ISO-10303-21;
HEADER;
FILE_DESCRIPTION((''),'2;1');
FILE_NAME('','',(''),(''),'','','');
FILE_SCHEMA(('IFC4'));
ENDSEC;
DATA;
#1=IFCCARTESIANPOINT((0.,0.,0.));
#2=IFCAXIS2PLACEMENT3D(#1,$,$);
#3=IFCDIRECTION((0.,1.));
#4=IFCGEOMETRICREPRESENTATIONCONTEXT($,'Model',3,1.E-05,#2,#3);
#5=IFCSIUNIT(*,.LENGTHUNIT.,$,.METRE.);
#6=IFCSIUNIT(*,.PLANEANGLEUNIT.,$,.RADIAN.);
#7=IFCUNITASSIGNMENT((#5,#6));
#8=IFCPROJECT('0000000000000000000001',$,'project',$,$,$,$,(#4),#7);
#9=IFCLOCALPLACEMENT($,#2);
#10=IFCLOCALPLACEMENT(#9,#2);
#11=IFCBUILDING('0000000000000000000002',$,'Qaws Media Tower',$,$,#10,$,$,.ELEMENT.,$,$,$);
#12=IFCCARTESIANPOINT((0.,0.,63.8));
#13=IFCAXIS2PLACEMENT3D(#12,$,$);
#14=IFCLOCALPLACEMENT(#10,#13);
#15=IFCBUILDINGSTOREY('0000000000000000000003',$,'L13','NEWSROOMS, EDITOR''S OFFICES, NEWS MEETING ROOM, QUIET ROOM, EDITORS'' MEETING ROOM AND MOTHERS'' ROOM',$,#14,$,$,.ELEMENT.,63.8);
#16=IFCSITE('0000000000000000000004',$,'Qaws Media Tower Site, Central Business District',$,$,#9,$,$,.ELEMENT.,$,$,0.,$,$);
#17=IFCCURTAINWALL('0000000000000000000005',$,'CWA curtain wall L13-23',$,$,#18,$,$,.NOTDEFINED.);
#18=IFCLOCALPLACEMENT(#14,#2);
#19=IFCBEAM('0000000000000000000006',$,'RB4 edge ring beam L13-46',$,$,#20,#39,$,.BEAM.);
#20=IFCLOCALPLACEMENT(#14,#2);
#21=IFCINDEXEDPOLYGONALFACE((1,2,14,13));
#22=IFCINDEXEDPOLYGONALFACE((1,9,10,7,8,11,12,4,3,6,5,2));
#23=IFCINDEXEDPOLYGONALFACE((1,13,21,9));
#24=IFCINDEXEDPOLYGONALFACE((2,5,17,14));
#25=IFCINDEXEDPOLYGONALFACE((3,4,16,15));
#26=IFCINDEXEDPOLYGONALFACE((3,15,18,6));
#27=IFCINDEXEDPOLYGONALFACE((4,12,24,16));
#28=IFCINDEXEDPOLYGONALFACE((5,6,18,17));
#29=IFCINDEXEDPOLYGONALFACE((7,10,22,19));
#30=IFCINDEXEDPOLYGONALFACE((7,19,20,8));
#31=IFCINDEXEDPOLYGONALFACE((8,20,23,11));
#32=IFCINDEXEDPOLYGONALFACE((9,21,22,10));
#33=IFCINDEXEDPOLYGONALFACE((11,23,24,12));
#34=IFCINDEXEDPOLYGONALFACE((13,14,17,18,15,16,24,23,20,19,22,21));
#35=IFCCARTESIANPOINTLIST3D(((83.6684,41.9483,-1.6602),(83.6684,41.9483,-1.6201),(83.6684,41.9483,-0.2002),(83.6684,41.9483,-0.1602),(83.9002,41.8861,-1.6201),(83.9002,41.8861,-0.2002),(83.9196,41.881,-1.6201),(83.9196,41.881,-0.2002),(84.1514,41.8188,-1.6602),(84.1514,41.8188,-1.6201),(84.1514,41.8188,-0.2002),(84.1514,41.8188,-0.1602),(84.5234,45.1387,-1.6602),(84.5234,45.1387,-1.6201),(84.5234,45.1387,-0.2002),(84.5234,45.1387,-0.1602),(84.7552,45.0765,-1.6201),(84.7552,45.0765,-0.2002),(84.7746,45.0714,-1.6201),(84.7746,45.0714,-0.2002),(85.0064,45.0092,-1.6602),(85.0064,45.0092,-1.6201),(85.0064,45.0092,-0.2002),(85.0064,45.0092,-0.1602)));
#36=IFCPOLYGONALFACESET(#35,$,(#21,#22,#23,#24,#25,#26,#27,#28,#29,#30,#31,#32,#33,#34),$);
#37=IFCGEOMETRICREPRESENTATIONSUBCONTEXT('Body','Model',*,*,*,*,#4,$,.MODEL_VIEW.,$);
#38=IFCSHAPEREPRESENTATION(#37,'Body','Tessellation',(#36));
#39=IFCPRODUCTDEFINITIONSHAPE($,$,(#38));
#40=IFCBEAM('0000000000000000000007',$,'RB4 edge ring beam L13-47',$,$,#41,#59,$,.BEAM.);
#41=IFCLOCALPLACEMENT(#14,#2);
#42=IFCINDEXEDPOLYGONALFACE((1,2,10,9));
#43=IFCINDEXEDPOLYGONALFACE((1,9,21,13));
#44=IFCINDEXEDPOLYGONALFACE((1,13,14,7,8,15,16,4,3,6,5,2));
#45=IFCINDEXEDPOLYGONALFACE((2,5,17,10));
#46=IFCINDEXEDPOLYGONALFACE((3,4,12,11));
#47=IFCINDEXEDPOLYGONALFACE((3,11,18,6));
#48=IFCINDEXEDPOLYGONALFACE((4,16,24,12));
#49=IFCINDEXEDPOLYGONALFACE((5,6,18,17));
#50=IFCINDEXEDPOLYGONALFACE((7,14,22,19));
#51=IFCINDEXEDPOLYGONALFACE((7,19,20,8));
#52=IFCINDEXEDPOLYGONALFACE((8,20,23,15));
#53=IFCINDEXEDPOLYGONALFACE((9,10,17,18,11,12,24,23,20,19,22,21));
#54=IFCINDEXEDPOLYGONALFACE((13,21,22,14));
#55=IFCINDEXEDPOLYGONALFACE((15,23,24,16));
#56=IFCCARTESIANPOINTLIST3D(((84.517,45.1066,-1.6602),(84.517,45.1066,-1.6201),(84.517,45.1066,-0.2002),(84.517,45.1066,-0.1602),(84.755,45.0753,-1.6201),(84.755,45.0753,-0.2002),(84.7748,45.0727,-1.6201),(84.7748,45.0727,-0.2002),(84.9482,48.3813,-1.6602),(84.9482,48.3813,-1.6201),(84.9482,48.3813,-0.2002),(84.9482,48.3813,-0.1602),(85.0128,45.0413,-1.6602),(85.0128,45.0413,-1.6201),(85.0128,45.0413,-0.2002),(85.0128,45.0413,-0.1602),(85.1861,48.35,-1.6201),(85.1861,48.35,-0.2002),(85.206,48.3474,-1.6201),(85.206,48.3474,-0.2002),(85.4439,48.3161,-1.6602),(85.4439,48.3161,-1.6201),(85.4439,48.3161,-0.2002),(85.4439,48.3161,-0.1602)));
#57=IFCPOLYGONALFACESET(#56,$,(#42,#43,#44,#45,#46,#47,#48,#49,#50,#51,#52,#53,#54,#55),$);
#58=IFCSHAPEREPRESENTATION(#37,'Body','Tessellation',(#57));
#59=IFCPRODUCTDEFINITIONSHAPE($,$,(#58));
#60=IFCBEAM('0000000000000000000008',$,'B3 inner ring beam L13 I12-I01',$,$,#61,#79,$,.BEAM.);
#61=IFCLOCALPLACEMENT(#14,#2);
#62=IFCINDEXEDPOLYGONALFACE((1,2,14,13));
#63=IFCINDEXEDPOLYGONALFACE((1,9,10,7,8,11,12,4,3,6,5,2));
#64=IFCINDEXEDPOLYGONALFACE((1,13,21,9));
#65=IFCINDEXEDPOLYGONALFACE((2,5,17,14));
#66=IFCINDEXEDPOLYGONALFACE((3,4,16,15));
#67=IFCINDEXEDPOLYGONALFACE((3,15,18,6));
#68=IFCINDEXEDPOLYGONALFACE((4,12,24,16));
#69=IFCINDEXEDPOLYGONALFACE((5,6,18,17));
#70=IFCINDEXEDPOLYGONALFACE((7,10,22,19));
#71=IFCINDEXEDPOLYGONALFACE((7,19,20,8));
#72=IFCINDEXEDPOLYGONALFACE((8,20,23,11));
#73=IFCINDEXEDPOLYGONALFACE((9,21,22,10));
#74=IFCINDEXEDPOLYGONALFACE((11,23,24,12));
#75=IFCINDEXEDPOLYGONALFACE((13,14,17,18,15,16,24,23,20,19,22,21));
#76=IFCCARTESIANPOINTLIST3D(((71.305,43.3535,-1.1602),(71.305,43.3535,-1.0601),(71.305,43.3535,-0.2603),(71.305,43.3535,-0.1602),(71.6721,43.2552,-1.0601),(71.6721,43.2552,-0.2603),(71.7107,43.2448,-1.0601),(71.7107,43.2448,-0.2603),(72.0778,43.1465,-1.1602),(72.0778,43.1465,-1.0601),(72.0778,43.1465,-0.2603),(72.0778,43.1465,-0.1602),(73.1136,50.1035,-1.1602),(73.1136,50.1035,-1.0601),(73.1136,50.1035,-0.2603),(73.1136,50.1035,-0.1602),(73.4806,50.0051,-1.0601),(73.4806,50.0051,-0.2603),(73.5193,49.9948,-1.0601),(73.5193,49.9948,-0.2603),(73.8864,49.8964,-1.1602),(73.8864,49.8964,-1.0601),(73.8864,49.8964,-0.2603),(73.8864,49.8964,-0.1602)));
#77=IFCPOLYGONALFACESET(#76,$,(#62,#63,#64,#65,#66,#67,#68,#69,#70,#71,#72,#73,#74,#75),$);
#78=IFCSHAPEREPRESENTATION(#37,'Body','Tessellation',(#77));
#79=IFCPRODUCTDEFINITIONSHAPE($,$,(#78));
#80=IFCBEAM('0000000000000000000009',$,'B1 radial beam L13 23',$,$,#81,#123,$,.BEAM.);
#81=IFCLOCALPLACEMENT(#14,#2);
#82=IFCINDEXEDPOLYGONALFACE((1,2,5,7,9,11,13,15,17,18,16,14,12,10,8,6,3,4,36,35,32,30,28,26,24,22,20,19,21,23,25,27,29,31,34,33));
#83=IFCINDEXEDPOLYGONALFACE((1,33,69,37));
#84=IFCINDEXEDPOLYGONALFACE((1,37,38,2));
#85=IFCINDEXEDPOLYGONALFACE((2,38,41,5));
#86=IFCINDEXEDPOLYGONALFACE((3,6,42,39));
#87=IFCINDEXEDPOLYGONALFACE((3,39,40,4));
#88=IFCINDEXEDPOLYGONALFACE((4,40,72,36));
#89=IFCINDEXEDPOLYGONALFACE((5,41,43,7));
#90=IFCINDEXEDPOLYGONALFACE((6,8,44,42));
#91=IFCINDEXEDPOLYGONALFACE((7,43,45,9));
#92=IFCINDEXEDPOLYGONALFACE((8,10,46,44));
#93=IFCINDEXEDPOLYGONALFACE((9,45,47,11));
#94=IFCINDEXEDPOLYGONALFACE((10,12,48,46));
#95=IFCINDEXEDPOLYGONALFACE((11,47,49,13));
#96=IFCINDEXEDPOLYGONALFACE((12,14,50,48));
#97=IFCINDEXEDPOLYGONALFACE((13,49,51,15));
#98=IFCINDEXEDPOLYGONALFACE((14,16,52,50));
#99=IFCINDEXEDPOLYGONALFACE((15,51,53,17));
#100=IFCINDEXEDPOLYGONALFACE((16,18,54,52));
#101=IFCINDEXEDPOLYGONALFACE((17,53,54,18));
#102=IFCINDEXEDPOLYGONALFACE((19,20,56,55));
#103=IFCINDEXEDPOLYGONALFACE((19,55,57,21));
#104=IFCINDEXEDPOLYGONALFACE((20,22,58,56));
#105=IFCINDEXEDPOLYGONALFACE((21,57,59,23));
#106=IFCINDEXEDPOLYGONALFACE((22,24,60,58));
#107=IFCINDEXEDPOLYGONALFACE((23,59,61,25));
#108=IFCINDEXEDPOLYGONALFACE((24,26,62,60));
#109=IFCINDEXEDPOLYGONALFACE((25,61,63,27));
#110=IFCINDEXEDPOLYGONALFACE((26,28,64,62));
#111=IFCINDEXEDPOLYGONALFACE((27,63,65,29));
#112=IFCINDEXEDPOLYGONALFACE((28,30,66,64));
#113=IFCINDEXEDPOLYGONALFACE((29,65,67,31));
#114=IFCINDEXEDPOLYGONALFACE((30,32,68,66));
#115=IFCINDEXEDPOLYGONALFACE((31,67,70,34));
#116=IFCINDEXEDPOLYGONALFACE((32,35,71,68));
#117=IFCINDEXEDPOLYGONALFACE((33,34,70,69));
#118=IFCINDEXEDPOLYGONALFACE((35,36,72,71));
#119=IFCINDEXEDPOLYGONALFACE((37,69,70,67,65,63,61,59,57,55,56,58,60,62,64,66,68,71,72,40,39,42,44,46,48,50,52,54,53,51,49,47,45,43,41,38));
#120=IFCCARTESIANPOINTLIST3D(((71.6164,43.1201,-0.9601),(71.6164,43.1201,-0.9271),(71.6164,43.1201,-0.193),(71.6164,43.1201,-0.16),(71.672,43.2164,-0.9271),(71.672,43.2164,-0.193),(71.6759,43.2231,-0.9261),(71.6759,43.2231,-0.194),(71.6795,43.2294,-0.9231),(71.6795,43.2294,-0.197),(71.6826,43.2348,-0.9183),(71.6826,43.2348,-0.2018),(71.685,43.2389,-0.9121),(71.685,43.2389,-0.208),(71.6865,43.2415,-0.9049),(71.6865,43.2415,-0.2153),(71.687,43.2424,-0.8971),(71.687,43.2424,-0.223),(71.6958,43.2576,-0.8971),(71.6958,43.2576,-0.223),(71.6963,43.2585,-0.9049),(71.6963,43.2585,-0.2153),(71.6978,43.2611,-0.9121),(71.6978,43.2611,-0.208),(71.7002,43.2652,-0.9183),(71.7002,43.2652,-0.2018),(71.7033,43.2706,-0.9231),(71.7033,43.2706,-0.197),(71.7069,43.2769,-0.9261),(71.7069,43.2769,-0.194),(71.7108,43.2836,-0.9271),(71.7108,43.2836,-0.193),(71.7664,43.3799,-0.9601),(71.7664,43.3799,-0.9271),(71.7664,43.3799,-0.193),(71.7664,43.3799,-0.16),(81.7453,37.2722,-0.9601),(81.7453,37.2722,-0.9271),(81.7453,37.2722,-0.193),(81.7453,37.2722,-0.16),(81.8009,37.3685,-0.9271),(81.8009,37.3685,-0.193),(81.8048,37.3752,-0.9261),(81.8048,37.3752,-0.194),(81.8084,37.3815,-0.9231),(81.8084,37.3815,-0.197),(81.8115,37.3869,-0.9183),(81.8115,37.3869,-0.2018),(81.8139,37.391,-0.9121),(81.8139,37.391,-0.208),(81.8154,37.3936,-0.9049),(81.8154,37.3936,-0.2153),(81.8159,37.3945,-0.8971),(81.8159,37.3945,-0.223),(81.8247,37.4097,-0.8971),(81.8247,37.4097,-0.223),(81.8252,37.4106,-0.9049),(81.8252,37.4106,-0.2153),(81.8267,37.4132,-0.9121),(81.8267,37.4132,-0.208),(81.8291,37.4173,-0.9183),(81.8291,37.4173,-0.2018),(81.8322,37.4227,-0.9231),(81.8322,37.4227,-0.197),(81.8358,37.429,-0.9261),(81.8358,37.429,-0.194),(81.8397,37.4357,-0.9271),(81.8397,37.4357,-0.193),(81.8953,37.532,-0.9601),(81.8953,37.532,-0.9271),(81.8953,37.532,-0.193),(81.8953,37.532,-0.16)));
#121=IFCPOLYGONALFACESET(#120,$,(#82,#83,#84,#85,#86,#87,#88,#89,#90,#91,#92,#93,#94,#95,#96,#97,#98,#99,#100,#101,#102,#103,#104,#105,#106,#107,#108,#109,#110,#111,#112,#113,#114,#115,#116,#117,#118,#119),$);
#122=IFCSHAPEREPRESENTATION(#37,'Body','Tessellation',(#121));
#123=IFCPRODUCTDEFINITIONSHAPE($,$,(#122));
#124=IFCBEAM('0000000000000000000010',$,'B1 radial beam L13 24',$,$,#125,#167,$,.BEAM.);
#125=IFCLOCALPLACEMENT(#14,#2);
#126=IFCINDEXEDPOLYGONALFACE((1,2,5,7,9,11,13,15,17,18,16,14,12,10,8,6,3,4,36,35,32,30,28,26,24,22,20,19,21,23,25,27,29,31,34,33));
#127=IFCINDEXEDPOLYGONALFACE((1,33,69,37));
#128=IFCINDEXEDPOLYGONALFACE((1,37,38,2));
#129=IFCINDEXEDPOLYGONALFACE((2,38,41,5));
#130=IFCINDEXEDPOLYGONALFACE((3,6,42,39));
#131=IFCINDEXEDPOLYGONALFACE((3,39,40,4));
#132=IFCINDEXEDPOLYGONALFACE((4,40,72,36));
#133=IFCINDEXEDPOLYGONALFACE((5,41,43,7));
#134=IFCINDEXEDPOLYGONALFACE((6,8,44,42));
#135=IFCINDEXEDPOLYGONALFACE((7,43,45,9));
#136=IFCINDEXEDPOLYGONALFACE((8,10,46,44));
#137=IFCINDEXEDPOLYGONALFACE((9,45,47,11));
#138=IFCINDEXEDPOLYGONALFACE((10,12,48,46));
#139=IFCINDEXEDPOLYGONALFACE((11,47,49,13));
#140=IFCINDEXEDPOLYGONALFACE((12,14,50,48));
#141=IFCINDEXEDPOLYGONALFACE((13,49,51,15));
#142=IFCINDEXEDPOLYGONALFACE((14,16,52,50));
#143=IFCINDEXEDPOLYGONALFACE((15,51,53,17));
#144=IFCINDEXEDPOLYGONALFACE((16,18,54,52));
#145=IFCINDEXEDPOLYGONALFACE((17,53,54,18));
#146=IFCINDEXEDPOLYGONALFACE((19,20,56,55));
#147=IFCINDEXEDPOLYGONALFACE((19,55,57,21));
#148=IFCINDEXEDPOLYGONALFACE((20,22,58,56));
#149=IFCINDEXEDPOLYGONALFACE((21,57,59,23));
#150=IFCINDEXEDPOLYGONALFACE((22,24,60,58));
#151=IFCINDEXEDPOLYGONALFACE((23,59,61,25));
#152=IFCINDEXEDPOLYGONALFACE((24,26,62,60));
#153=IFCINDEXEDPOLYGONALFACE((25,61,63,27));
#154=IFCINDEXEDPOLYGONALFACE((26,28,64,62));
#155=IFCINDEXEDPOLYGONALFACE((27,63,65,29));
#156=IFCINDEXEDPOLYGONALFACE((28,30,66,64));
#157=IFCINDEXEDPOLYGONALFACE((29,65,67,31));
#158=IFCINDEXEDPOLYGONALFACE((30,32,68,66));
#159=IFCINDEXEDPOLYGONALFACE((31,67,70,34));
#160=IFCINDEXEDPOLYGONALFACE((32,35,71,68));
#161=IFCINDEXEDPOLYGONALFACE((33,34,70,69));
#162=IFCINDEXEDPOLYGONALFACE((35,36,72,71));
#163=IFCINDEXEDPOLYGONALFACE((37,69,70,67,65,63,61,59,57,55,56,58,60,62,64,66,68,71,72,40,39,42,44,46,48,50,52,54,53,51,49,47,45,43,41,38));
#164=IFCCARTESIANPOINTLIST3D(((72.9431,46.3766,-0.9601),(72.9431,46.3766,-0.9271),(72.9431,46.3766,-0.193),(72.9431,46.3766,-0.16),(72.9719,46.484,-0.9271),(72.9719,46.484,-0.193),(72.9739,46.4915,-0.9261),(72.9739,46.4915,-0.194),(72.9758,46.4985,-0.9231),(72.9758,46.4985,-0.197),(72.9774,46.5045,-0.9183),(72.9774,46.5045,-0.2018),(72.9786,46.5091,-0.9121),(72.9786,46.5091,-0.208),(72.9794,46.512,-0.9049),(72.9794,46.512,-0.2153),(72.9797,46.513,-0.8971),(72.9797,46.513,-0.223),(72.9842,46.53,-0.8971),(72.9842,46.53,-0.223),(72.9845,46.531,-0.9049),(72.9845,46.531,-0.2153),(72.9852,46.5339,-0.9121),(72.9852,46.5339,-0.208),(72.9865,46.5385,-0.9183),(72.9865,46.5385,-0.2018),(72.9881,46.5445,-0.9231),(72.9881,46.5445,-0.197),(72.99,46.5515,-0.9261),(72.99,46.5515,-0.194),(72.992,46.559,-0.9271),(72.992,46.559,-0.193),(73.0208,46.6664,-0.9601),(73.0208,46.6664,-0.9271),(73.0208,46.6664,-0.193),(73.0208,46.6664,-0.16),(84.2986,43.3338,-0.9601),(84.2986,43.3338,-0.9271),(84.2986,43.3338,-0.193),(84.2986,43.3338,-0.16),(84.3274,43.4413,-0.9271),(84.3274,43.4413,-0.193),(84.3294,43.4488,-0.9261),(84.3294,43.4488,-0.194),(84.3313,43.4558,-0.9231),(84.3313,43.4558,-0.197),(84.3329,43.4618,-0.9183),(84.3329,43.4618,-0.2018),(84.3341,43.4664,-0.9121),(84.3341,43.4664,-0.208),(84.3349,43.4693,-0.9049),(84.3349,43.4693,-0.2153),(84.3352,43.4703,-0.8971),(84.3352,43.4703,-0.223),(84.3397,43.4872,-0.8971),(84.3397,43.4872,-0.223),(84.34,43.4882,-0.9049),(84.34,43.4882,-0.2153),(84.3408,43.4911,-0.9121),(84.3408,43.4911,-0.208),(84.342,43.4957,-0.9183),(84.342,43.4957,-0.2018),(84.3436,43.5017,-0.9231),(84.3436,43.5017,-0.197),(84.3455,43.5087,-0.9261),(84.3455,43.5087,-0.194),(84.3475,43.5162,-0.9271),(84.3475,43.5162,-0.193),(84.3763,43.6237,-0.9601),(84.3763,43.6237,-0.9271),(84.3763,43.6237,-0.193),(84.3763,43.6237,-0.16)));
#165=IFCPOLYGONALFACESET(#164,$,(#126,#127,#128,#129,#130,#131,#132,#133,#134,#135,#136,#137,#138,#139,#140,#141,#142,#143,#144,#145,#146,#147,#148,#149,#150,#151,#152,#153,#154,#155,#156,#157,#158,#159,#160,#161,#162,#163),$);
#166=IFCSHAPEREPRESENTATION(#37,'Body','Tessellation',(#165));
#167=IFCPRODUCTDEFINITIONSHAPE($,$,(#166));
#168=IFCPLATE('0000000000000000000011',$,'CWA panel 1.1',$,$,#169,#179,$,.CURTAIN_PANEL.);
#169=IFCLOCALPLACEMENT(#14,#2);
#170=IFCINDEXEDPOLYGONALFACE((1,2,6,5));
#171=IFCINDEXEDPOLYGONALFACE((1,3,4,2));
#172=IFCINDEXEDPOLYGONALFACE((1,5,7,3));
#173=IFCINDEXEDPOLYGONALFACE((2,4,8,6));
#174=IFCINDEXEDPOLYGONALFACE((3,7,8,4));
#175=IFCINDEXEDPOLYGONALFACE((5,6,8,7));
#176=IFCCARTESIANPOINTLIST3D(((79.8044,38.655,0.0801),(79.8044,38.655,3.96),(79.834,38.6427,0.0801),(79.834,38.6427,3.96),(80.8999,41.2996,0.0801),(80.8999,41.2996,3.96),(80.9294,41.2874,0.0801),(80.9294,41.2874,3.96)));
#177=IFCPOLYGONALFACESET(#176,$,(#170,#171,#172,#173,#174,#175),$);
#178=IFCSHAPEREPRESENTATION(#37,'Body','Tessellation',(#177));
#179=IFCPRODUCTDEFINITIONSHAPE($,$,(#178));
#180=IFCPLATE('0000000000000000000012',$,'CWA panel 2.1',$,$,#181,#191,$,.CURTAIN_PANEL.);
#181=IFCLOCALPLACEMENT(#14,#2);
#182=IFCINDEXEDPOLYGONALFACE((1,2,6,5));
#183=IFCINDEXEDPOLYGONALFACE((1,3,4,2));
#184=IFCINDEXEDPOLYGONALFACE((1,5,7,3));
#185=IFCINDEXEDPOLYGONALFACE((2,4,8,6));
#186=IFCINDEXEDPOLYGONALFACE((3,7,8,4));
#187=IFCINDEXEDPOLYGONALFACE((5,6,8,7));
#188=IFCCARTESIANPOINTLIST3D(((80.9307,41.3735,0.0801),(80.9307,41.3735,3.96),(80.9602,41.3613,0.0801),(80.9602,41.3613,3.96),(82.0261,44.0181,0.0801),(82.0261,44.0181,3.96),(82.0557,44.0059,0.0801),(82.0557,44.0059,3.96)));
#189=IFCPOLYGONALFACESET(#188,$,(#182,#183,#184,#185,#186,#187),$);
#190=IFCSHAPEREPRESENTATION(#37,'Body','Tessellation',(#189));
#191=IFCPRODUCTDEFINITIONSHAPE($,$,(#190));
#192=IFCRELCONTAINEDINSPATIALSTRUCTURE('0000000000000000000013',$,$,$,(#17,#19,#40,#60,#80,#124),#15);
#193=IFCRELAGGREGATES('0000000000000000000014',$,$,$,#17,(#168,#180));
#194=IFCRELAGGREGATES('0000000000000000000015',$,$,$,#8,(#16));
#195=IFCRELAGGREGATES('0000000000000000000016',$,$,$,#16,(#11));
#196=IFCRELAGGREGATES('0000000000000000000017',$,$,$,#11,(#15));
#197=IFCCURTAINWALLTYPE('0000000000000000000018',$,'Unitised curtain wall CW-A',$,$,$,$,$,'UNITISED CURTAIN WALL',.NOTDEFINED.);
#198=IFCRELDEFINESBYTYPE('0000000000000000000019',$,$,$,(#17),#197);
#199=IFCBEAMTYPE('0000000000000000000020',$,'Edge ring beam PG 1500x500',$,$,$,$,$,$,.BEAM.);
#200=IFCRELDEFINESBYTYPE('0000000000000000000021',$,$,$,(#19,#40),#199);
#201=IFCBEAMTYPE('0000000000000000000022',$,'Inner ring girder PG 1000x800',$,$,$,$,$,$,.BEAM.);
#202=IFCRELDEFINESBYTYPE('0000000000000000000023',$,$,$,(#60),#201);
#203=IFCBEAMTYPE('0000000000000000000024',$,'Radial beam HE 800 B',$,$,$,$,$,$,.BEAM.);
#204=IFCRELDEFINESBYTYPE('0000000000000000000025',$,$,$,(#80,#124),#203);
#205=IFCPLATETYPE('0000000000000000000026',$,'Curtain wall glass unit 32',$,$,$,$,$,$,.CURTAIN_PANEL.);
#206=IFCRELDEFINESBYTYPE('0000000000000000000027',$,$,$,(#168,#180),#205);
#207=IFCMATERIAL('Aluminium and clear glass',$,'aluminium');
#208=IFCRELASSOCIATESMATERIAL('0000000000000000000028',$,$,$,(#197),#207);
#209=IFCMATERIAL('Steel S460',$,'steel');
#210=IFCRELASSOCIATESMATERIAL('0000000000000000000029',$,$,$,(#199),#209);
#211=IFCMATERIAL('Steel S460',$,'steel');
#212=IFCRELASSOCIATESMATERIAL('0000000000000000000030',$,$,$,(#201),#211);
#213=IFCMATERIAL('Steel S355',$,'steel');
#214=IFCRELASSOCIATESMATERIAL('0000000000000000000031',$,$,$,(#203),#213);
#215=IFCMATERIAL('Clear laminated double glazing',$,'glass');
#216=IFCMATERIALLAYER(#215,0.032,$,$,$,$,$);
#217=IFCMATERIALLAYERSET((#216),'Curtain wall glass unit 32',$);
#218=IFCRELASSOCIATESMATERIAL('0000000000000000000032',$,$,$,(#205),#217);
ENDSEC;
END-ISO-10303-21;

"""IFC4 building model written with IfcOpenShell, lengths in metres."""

from ifc_helpers import new_model, si_unit, direction, frame, origin, origin_2d, place, context, subcontext, project, spatial, rectangle, i_section, extrude, material, layer, layer_set, material_profile, profile_set, type_object, element, aggregate, save


model = new_model("IFC4")

# Units and contexts
model_context = context("Model", 3, precision=1e-05, world=origin(), true_north=direction((0.0, 1.0)))
body_context = subcontext(model_context, "Body", "Model", "MODEL_VIEW")
ifc_project = project(units=[si_unit("LENGTHUNIT", "METRE"), si_unit("PLANEANGLEUNIT", "RADIAN")], contexts=[model_context])

# Site, building, storey
site_placement = place(None, origin())
site = spatial("IfcSite", under=ifc_project, at=site_placement, Name="Qaws Media Tower Site, Central Business District", CompositionType="ELEMENT", RefElevation=0.0)
building_placement = place(site_placement, origin())
building = spatial("IfcBuilding", under=site, at=building_placement, Name="Qaws Media Tower", CompositionType="ELEMENT")
storey_placement = place(building_placement, frame((0.0, 0.0, 63.8)))
storey = spatial("IfcBuildingStorey", under=building, at=storey_placement, Name="L13", Description="NEWSROOMS, EDITOR'S OFFICES, NEWS MEETING ROOM, QUIET ROOM, EDITORS' MEETING ROOM AND MOTHERS' ROOM", CompositionType="ELEMENT", Elevation=63.8)

# Curtain wall
ifc_material_1 = material(Name="Aluminium and clear glass", Category="aluminium")
curtain_wall_type = type_object("IfcCurtainWallType", Name="Unitised curtain wall CW-A", ElementType="UNITISED CURTAIN WALL", PredefinedType="NOTDEFINED", material=ifc_material_1)
curtain_wall_1_placement = place(storey_placement, origin())
curtain_wall_1 = element("IfcCurtainWall", 1, at=curtain_wall_1_placement, inside=storey, type_object=curtain_wall_type, Name="CWA curtain wall L13-23", PredefinedType="NOTDEFINED")

# Beams
ifc_material_2 = material(Name="Steel S460", Category="steel")
ifc_material_profile_1 = material_profile(ifc_material_2, i_section(OverallWidth=0.5, OverallDepth=1.5, WebThickness=0.02, FlangeThickness=0.04, at=origin_2d()), Name="PG 1500x500")
ifc_profile_set_1 = profile_set([ifc_material_profile_1], Name="Steel S460")
beam_type_1 = type_object("IfcBeamType", Name="Edge ring beam PG 1500x500", PredefinedType="BEAM", material=ifc_profile_set_1)
for number, where, z_axis, x_axis, name in (
    (2, (83.9099, 41.8835, -0.9102), (0.258849, 0.965918, 0.0), (-0.965918, 0.258849, 0.0), "RB4 edge ring beam L13-46"),
    (3, (84.7649, 45.074, -0.9102), (0.130537, 0.991443, 0.0), (-0.991443, 0.130537, 0.0), "RB4 edge ring beam L13-47"),
):
    element("IfcBeam", number, at=place(storey_placement, frame(where, z_axis=z_axis, x_axis=x_axis)), inside=storey, type_object=beam_type_1, Name=name, PredefinedType="BEAM", context=body_context, shape_type="SweptSolid", body=[
        extrude(i_section(OverallWidth=0.5, OverallDepth=1.5, WebThickness=0.02, FlangeThickness=0.04, at=origin_2d()), origin(), (0.0, 0.0, 1.0), 3.303),
    ])
ifc_material_3 = material(Name="Steel S460", Category="steel")
ifc_material_profile_2 = material_profile(ifc_material_3, i_section(OverallWidth=0.8, OverallDepth=1.0, WebThickness=0.04, FlangeThickness=0.1001, at=origin_2d()), Name="PG 1000x800")
ifc_profile_set_2 = profile_set([ifc_material_profile_2], Name="Steel S460")
beam_type_2 = type_object("IfcBeamType", Name="Inner ring girder PG 1000x800", PredefinedType="BEAM", material=ifc_profile_set_2)
beam_1_placement = place(storey_placement, frame((71.6914, 43.25, -0.6602), z_axis=(0.258811, 0.965928, 0.0), x_axis=(-0.965928, 0.258811, 0.0)))
element("IfcBeam", 4, at=beam_1_placement, inside=storey, type_object=beam_type_2, Name="B3 inner ring beam L13 I12-I01", PredefinedType="BEAM", context=body_context, shape_type="SweptSolid", body=[
    extrude(i_section(OverallWidth=0.8, OverallDepth=1.0, WebThickness=0.04, FlangeThickness=0.1001, at=origin_2d()), origin(), (0.0, 0.0, 1.0), 6.988),
])
ifc_material_4 = material(Name="Steel S355", Category="steel")
ifc_material_profile_3 = material_profile(ifc_material_4, i_section(OverallWidth=0.3, OverallDepth=0.8, WebThickness=0.0176, FlangeThickness=0.033, FilletRadius=0.03, at=origin_2d()), Name="HE 800 B")
ifc_profile_set_3 = profile_set([ifc_material_profile_3], Name="Steel S355")
beam_type_3 = type_object("IfcBeamType", Name="Radial beam HE 800 B", PredefinedType="BEAM", material=ifc_profile_set_3)
beam_2_placement = place(storey_placement, frame((71.6914, 43.25, -0.5601), z_axis=(0.866026, -0.499998, 0.0), x_axis=(0.499998, 0.866026, 0.0)))
element("IfcBeam", 5, at=beam_2_placement, inside=storey, type_object=beam_type_3, Name="B1 radial beam L13 23", PredefinedType="BEAM", context=body_context, shape_type="SweptSolid", body=[
    extrude(i_section(OverallWidth=0.3, OverallDepth=0.8, WebThickness=0.0176, FlangeThickness=0.033, FilletRadius=0.03, at=origin_2d()), origin(), (0.0, 0.0, 1.0), 11.6958),
])
beam_3_placement = place(storey_placement, frame((72.9819, 46.5215, -0.5601), z_axis=(0.965925, -0.258822, 0.0), x_axis=(0.258822, 0.965925, 0.0)))
element("IfcBeam", 6, at=beam_3_placement, inside=storey, type_object=beam_type_3, Name="B1 radial beam L13 24", PredefinedType="BEAM", context=body_context, shape_type="SweptSolid", body=[
    extrude(i_section(OverallWidth=0.3, OverallDepth=0.8, WebThickness=0.0176, FlangeThickness=0.033, FilletRadius=0.03, at=origin_2d()), origin(), (0.0, 0.0, 1.0), 11.7561),
])

# Plates
ifc_material_5 = material(Name="Clear laminated double glazing", Category="glass")
ifc_layer_1 = layer(ifc_material_5, 0.032)
ifc_layer_set_1 = layer_set([ifc_layer_1], Name="Curtain wall glass unit 32")
plate_type_1 = type_object("IfcPlateType", Name="Curtain wall glass unit 32", PredefinedType="CURTAIN_PANEL", material=ifc_layer_set_1)
plate_1_placement = place(storey_placement, frame((80.3669, 39.9712, 0.0801), z_axis=(0.0, 0.0, 1.0), x_axis=(0.382683, 0.92388, 0.0)))
plate_1 = element("IfcPlate", 7, at=plate_1_placement, type_object=plate_type_1, Name="CWA panel 1.1", PredefinedType="CURTAIN_PANEL", context=body_context, shape_type="SweptSolid", body=[
    extrude(rectangle(XDim=2.8625, YDim=0.032, at=origin_2d()), origin(), (0.0, 0.0, 1.0), 3.8799),
])
plate_2_placement = place(storey_placement, frame((81.4932, 42.6897, 0.0801), z_axis=(0.0, 0.0, 1.0), x_axis=(0.382683, 0.92388, 0.0)))
plate_2 = element("IfcPlate", 8, at=plate_2_placement, type_object=plate_type_1, Name="CWA panel 2.1", PredefinedType="CURTAIN_PANEL", context=body_context, shape_type="SweptSolid", body=[
    extrude(rectangle(XDim=2.8625, YDim=0.032, at=origin_2d()), origin(), (0.0, 0.0, 1.0), 3.8799),
])
aggregate(curtain_wall_1, [plate_1, plate_2])

save(model, "model.ifc")
